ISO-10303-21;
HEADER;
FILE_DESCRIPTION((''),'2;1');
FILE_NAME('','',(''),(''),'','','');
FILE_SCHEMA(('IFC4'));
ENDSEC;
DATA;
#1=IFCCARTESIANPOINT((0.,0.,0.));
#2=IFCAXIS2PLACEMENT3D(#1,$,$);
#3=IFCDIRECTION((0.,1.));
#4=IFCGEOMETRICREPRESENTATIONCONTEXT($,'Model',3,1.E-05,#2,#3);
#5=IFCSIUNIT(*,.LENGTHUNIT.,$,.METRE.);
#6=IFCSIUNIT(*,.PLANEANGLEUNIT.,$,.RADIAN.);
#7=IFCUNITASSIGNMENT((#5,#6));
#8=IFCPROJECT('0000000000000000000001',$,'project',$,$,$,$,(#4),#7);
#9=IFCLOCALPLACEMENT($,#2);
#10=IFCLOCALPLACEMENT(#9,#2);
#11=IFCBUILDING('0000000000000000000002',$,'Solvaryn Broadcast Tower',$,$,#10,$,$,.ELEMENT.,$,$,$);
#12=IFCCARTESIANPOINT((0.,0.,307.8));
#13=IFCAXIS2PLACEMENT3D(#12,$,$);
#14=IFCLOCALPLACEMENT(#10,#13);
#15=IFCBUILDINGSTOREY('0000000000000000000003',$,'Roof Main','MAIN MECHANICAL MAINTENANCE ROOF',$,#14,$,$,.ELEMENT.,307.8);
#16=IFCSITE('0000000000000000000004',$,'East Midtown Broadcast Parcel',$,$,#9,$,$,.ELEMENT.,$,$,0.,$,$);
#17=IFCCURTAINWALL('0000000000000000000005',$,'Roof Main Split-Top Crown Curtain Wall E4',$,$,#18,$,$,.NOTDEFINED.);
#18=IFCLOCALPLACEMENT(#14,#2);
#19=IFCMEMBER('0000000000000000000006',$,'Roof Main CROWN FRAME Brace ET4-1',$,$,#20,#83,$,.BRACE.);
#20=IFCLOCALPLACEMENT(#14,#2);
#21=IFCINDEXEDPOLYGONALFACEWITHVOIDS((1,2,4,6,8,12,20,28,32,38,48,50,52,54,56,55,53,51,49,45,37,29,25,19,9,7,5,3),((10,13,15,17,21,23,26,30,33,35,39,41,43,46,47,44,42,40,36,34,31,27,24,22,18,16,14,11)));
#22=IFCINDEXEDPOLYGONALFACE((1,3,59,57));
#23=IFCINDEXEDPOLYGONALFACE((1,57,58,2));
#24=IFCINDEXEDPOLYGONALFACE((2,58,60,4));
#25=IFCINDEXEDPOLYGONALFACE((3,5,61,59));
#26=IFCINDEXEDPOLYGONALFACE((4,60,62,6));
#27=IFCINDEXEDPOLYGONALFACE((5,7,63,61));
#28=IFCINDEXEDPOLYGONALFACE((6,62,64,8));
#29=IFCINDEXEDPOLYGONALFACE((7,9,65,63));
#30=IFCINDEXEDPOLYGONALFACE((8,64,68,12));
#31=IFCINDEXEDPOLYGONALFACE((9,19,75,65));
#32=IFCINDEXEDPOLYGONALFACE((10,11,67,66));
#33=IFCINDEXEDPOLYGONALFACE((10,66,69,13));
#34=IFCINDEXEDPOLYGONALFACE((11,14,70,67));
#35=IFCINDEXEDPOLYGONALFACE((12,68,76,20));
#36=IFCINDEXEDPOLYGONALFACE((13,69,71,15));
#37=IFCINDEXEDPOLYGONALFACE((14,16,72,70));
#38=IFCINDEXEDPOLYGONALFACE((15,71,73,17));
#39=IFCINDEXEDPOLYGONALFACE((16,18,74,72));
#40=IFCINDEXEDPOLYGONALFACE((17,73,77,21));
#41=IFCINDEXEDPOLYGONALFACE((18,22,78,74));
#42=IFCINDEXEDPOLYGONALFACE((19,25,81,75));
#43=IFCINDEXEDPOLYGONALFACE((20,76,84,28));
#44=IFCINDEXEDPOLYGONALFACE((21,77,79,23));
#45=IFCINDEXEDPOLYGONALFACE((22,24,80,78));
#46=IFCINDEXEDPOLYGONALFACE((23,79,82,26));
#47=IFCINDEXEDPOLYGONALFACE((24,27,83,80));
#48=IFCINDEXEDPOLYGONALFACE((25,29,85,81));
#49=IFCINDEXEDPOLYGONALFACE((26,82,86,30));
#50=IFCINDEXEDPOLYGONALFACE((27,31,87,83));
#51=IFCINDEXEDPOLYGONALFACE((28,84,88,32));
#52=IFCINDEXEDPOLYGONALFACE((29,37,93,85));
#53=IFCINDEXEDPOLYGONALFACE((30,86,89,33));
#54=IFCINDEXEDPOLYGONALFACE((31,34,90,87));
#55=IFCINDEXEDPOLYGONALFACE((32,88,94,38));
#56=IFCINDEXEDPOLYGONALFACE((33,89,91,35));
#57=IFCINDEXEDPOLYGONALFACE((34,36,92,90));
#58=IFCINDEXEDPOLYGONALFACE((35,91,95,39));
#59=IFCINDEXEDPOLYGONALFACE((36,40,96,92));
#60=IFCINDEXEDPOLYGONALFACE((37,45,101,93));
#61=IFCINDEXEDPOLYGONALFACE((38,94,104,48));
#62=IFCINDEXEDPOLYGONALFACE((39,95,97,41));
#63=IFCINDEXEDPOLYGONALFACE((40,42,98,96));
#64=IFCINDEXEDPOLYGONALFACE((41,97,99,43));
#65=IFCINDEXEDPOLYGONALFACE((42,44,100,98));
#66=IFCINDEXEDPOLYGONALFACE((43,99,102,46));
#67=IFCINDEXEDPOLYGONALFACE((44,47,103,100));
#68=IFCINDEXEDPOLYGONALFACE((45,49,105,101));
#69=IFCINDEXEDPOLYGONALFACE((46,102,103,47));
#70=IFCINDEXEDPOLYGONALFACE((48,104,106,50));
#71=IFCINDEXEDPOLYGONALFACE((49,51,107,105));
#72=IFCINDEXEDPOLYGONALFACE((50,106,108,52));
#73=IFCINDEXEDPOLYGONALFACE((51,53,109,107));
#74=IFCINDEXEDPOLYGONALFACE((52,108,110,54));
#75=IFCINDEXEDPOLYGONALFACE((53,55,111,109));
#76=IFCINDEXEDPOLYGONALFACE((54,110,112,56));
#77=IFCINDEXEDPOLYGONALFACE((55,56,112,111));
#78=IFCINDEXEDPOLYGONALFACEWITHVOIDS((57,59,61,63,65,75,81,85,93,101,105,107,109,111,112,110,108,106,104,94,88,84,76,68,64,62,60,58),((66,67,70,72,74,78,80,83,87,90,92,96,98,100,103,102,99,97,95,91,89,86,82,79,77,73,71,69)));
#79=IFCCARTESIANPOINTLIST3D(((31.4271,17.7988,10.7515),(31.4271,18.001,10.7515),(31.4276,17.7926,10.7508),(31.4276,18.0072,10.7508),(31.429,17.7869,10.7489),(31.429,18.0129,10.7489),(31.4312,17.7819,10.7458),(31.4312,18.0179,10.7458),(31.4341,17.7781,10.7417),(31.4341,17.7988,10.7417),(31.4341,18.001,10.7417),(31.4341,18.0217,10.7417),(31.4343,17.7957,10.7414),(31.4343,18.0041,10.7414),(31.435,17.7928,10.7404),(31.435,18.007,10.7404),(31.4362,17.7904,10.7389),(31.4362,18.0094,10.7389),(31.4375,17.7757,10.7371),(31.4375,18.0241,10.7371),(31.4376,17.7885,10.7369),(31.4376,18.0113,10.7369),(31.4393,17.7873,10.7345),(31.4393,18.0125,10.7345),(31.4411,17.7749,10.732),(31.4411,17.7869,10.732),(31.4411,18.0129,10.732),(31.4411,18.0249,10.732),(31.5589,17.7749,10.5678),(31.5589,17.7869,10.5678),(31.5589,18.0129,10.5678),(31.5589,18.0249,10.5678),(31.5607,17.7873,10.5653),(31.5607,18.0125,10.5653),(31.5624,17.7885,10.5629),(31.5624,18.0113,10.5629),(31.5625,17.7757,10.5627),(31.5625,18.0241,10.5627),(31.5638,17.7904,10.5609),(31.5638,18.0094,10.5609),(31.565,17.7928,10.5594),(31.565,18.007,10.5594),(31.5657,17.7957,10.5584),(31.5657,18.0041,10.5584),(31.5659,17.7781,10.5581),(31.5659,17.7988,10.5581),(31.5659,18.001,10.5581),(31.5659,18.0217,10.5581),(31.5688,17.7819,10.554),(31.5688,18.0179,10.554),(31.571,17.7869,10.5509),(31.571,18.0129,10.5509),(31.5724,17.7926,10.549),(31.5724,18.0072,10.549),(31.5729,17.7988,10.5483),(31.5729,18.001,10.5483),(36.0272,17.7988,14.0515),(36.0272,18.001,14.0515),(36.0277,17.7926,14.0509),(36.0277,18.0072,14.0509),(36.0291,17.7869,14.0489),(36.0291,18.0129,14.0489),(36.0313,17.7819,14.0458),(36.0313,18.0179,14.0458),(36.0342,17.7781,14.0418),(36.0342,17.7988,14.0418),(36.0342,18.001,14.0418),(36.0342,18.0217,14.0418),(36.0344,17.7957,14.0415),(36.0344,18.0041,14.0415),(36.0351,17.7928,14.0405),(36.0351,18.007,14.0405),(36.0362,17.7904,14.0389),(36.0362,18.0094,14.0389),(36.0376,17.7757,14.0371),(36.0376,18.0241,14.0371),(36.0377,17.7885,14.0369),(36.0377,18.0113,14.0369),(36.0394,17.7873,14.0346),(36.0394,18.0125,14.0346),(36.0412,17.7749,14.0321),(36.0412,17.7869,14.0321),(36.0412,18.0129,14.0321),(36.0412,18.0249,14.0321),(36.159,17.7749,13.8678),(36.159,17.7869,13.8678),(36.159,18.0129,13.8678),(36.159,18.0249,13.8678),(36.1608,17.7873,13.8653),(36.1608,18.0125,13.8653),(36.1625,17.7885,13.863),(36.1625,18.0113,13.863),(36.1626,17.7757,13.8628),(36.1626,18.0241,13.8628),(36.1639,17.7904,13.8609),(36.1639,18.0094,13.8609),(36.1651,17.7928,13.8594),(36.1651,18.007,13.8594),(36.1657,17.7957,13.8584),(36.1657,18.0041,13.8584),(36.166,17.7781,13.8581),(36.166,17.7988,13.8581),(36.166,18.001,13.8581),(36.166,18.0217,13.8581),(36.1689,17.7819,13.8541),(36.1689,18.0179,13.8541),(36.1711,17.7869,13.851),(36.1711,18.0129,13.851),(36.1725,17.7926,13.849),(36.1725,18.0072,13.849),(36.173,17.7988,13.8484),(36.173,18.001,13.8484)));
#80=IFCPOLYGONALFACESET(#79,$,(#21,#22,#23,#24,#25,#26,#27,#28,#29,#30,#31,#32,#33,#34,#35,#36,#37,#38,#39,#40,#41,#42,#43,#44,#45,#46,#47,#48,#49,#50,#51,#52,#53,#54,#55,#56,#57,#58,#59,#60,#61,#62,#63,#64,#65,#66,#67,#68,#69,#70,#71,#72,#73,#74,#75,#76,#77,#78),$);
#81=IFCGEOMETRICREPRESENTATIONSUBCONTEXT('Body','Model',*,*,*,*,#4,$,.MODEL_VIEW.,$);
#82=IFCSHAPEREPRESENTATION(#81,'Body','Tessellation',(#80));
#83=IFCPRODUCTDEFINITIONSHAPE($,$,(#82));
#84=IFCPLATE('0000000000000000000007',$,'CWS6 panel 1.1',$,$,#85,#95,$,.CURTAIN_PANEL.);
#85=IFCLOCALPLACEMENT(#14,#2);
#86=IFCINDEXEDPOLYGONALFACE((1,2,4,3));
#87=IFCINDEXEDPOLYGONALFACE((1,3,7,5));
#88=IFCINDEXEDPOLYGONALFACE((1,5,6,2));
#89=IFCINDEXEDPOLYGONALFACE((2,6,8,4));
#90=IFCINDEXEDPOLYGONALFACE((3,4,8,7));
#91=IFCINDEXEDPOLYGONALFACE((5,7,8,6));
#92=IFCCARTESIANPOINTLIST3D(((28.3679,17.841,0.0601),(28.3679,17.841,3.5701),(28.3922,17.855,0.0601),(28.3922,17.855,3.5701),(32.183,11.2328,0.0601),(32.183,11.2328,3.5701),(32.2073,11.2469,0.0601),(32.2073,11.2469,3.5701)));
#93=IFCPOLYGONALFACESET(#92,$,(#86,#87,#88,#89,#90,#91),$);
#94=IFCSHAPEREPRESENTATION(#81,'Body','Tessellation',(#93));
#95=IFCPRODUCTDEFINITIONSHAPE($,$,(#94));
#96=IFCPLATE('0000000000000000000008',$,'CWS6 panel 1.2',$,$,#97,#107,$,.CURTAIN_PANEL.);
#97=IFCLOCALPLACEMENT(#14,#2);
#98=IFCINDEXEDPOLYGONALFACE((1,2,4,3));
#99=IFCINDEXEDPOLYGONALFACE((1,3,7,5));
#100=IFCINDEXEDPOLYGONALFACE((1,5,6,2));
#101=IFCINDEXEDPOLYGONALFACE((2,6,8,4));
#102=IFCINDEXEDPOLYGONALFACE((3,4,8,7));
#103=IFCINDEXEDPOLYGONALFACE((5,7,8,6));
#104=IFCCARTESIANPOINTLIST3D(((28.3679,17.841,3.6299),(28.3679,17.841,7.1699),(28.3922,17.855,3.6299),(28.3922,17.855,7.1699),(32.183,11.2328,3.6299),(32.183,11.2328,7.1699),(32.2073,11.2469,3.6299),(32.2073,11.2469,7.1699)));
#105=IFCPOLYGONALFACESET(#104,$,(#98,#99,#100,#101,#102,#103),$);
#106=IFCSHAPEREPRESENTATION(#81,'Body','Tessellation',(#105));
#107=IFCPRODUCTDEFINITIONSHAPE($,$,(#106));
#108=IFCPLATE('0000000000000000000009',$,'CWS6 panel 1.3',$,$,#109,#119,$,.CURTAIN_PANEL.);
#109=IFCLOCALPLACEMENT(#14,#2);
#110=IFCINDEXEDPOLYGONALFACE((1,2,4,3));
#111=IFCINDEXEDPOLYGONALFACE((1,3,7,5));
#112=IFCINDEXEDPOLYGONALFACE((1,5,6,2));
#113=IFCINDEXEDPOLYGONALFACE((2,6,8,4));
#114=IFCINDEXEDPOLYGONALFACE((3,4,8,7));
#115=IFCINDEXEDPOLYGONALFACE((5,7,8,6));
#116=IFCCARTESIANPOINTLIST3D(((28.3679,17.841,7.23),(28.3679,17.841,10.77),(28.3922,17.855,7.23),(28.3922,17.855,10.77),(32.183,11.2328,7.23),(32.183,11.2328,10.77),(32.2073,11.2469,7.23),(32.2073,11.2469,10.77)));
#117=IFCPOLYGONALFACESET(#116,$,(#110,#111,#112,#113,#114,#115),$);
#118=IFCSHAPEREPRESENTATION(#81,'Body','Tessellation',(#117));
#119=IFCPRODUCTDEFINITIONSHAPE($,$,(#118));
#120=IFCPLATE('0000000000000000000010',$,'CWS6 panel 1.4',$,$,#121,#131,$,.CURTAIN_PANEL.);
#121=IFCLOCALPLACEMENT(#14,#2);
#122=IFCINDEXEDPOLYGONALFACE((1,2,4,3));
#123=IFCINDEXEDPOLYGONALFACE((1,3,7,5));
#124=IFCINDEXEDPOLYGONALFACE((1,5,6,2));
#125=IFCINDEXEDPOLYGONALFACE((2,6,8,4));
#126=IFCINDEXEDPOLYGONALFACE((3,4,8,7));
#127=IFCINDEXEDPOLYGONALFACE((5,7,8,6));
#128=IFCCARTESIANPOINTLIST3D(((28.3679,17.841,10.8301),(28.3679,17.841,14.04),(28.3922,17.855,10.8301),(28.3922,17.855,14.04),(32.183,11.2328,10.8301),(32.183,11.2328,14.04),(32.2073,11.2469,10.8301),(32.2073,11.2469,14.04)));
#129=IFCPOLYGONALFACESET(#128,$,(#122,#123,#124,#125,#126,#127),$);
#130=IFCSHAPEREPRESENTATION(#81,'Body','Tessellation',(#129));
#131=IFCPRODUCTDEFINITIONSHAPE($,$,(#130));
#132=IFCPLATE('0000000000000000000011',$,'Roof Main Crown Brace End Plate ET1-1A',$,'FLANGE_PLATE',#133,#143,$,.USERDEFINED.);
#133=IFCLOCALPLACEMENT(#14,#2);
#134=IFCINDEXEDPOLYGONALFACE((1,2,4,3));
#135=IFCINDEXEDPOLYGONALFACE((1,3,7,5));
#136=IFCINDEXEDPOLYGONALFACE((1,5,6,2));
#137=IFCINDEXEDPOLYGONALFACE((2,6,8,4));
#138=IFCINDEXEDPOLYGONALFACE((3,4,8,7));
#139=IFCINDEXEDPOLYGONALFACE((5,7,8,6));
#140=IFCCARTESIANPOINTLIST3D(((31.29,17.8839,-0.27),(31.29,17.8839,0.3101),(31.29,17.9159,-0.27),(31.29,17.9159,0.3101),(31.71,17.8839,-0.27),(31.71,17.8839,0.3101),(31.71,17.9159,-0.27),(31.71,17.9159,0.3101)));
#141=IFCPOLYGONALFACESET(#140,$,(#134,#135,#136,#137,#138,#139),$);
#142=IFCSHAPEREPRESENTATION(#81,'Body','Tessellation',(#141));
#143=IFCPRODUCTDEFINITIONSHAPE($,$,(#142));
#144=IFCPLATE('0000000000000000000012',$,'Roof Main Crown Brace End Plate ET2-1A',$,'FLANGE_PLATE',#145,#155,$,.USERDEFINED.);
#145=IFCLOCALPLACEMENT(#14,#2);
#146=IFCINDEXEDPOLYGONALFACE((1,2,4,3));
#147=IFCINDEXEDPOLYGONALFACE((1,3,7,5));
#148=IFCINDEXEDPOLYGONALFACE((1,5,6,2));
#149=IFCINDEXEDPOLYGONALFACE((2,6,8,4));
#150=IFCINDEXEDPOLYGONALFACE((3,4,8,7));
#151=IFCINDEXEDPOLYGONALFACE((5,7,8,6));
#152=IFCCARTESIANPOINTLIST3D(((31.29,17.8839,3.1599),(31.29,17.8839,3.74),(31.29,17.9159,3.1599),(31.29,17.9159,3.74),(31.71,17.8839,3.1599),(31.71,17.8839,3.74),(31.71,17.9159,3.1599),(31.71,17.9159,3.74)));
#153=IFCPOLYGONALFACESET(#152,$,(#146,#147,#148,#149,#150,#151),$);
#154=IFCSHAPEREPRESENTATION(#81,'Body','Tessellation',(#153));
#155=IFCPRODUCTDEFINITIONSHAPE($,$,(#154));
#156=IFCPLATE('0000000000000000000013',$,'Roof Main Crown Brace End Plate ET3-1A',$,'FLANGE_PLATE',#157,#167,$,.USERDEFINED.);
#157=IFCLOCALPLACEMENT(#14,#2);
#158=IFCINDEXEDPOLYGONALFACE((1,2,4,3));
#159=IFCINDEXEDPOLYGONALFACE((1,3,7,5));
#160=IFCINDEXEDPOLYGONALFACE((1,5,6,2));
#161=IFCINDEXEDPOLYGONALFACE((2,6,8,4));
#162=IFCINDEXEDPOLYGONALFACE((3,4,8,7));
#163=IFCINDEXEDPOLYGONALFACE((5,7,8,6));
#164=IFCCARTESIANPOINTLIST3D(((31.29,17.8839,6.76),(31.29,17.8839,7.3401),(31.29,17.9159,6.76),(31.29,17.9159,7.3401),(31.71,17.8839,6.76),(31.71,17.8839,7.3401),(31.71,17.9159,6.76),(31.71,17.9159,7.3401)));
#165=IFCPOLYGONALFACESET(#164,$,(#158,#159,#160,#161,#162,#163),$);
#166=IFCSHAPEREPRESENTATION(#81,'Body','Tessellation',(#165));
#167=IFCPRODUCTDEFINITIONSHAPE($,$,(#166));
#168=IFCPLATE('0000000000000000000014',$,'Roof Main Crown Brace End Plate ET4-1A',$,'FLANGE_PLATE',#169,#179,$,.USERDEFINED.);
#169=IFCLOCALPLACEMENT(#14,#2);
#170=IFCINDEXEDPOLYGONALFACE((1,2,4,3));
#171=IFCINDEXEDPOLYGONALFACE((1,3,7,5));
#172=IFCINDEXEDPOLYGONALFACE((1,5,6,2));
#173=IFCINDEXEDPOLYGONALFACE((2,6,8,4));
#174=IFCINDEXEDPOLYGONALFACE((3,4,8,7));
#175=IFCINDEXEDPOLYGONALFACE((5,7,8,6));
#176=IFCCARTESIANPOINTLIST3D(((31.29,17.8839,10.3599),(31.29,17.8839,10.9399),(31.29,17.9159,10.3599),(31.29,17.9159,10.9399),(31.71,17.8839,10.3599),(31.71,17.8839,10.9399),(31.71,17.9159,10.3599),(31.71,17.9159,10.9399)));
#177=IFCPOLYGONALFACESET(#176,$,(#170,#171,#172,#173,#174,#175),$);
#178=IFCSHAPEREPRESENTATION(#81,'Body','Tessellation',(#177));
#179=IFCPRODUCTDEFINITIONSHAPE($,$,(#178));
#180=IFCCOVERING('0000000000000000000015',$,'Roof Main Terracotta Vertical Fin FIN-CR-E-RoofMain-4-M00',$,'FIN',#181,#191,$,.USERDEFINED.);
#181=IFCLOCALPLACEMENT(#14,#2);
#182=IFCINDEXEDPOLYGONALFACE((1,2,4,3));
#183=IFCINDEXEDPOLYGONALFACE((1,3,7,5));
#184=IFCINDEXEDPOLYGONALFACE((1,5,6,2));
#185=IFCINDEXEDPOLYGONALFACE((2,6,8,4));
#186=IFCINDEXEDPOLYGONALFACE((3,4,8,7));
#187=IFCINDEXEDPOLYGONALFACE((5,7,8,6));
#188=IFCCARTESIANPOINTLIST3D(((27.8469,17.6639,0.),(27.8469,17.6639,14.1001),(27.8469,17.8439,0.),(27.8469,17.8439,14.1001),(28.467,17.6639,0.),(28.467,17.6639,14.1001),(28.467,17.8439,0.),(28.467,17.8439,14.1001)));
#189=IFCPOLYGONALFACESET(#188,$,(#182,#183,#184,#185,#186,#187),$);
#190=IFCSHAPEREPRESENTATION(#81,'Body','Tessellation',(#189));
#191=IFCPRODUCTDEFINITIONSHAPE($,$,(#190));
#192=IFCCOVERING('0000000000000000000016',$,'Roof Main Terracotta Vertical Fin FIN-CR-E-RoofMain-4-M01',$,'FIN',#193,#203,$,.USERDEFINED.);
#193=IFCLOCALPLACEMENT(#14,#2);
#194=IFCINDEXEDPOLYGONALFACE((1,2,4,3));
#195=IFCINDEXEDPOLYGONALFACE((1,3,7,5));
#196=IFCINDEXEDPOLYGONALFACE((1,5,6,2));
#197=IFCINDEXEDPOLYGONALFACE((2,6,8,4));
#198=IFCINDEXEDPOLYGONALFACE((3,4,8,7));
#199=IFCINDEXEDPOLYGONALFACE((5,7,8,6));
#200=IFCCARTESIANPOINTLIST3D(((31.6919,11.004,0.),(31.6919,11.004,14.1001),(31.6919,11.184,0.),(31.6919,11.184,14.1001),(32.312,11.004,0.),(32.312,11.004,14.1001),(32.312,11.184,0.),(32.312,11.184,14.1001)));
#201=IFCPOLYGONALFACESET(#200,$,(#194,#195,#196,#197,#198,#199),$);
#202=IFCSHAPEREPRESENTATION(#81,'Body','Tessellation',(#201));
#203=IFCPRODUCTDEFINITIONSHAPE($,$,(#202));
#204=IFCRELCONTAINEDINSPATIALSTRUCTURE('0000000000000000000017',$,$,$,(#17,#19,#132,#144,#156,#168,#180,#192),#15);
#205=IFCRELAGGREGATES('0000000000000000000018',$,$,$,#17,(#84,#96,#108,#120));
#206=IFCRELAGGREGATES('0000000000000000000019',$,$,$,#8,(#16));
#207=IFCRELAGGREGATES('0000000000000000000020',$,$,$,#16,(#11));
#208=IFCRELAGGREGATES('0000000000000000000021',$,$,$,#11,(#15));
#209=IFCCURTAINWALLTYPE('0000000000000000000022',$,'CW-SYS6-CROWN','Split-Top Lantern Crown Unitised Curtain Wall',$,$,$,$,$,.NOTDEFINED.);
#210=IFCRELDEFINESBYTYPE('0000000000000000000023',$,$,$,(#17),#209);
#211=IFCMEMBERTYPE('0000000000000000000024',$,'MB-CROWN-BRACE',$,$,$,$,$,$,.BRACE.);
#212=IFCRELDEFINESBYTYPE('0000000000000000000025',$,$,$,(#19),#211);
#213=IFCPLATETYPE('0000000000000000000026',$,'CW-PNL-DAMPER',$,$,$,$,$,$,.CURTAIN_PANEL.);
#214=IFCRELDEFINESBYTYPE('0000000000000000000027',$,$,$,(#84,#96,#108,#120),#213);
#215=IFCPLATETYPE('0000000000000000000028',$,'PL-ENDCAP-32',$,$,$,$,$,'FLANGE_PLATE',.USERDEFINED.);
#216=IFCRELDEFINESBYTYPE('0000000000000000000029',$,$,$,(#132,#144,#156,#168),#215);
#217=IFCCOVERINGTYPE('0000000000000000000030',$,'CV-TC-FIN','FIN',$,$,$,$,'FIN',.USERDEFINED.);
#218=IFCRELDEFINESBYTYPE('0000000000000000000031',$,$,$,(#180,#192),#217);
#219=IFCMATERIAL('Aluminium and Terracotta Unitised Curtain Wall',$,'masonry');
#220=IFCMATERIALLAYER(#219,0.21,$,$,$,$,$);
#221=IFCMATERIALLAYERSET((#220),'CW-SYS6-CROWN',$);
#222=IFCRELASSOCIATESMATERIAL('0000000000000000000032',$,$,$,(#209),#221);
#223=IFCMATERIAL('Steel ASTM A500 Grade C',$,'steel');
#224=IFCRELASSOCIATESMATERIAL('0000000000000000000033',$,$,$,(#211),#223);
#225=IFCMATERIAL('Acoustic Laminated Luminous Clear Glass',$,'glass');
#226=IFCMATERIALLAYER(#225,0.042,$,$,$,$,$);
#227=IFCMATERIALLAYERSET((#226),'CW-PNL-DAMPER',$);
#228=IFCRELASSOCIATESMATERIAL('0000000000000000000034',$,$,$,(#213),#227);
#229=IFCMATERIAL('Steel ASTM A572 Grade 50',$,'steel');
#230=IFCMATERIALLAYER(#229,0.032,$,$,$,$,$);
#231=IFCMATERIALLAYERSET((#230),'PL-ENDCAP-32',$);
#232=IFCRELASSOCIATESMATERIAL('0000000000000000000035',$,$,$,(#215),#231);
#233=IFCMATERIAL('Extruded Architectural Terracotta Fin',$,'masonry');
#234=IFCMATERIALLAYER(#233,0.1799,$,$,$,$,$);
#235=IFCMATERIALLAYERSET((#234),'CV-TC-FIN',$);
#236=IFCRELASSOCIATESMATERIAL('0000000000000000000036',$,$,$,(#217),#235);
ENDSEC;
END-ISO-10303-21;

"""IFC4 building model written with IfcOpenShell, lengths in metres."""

from ifc_helpers import new_model, si_unit, direction, frame, origin, origin_2d, place, context, subcontext, project, spatial, rectangle, hollow_rectangle, extrude, material, layer, layer_set, material_profile, profile_set, type_object, element, aggregate, save


model = new_model("IFC4")

# Units and contexts
model_context = context("Model", 3, precision=1e-05, world=origin(), true_north=direction((0.0, 1.0)))
body_context = subcontext(model_context, "Body", "Model", "MODEL_VIEW")
ifc_project = project(units=[si_unit("LENGTHUNIT", "METRE"), si_unit("PLANEANGLEUNIT", "RADIAN")], contexts=[model_context])

# Site, building, storey
site_placement = place(None, origin())
site = spatial("IfcSite", under=ifc_project, at=site_placement, Name="East Midtown Broadcast Parcel", CompositionType="ELEMENT", RefElevation=0.0)
building_placement = place(site_placement, origin())
building = spatial("IfcBuilding", under=site, at=building_placement, Name="Solvaryn Broadcast Tower", CompositionType="ELEMENT")
storey_placement = place(building_placement, frame((0.0, 0.0, 307.8)))
storey = spatial("IfcBuildingStorey", under=building, at=storey_placement, Name="Roof Main", Description="MAIN MECHANICAL MAINTENANCE ROOF", CompositionType="ELEMENT", Elevation=307.8)

# Curtain wall
ifc_material_1 = material(Name="Aluminium and Terracotta Unitised Curtain Wall", Category="masonry")
ifc_layer_1 = layer(ifc_material_1, 0.21)
ifc_layer_set_1 = layer_set([ifc_layer_1], Name="CW-SYS6-CROWN")
curtain_wall_type = type_object("IfcCurtainWallType", Name="CW-SYS6-CROWN", Description="Split-Top Lantern Crown Unitised Curtain Wall", PredefinedType="NOTDEFINED", material=ifc_layer_set_1)
curtain_wall_1_placement = place(storey_placement, origin())
curtain_wall_1 = element("IfcCurtainWall", 1, at=curtain_wall_1_placement, inside=storey, type_object=curtain_wall_type, Name="Roof Main Split-Top Crown Curtain Wall E4", PredefinedType="NOTDEFINED")

# Member
ifc_material_2 = material(Name="Steel ASTM A500 Grade C", Category="steel")
ifc_material_profile_1 = material_profile(ifc_material_2, hollow_rectangle(XDim=0.25, YDim=0.25, WallThickness=0.012, InnerFilletRadius=0.012, OuterFilletRadius=0.0239, at=origin_2d()))
ifc_profile_set_1 = profile_set([ifc_material_profile_1], Name="Steel ASTM A500 Grade C")
member_type_1 = type_object("IfcMemberType", Name="MB-CROWN-BRACE", PredefinedType="BRACE", material=ifc_profile_set_1)
member_1_placement = place(storey_placement, frame((31.5, 17.8999, 10.6499), z_axis=(0.81254, 0.0, 0.582905), x_axis=(0.0, 1.0, 0.0)))
element("IfcMember", 2, at=member_1_placement, inside=storey, type_object=member_type_1, Name="Roof Main CROWN FRAME Brace ET4-1", PredefinedType="BRACE", context=body_context, shape_type="SweptSolid", body=[
    extrude(hollow_rectangle(XDim=0.25, YDim=0.25, WallThickness=0.012, InnerFilletRadius=0.012, OuterFilletRadius=0.0239, at=origin_2d()), origin(), (0.0, 0.0, 1.0), 5.6614),
])

# Plates
ifc_material_3 = material(Name="Acoustic Laminated Luminous Clear Glass", Category="glass")
ifc_layer_2 = layer(ifc_material_3, 0.042)
ifc_layer_set_2 = layer_set([ifc_layer_2], Name="CW-PNL-DAMPER")
plate_type_1 = type_object("IfcPlateType", Name="CW-PNL-DAMPER", PredefinedType="CURTAIN_PANEL", material=ifc_layer_set_2)
plate_1_placement = place(storey_placement, frame((30.2876, 14.5439, 0.0601), z_axis=(0.0, 0.0, 1.0), x_axis=(0.499983, -0.866035, 0.0)))
plate_1 = element("IfcPlate", 3, at=plate_1_placement, type_object=plate_type_1, Name="CWS6 panel 1.1", PredefinedType="CURTAIN_PANEL", context=body_context, shape_type="SweptSolid", body=[
    extrude(rectangle(XDim=7.6304, YDim=0.0281, at=origin_2d()), origin(), (0.0, 0.0, 1.0), 3.51),
])
plate_2_placement = place(storey_placement, frame((30.2876, 14.5439, 3.6299), z_axis=(0.0, 0.0, 1.0), x_axis=(0.499983, -0.866035, 0.0)))
plate_2 = element("IfcPlate", 4, at=plate_2_placement, type_object=plate_type_1, Name="CWS6 panel 1.2", PredefinedType="CURTAIN_PANEL", context=body_context, shape_type="SweptSolid", body=[
    extrude(rectangle(XDim=7.6304, YDim=0.0281, at=origin_2d()), origin(), (0.0, 0.0, 1.0), 3.54),
])
plate_3_placement = place(storey_placement, frame((30.2876, 14.5439, 7.23), z_axis=(0.0, 0.0, 1.0), x_axis=(0.499983, -0.866035, 0.0)))
plate_3 = element("IfcPlate", 5, at=plate_3_placement, type_object=plate_type_1, Name="CWS6 panel 1.3", PredefinedType="CURTAIN_PANEL", context=body_context, shape_type="SweptSolid", body=[
    extrude(rectangle(XDim=7.6304, YDim=0.0281, at=origin_2d()), origin(), (0.0, 0.0, 1.0), 3.54),
])
plate_4_placement = place(storey_placement, frame((30.2876, 14.5439, 10.8301), z_axis=(0.0, 0.0, 1.0), x_axis=(0.499983, -0.866035, 0.0)))
plate_4 = element("IfcPlate", 6, at=plate_4_placement, type_object=plate_type_1, Name="CWS6 panel 1.4", PredefinedType="CURTAIN_PANEL", context=body_context, shape_type="SweptSolid", body=[
    extrude(rectangle(XDim=7.6304, YDim=0.0281, at=origin_2d()), origin(), (0.0, 0.0, 1.0), 3.21),
])
aggregate(curtain_wall_1, [plate_1, plate_2, plate_3, plate_4])

# Plates
ifc_material_4 = material(Name="Steel ASTM A572 Grade 50", Category="steel")
ifc_layer_3 = layer(ifc_material_4, 0.032)
ifc_layer_set_3 = layer_set([ifc_layer_3], Name="PL-ENDCAP-32")
plate_type_2 = type_object("IfcPlateType", Name="PL-ENDCAP-32", ElementType="FLANGE_PLATE", PredefinedType="USERDEFINED", material=ifc_layer_set_3)
for number, where, z_axis, x_axis, name in (
    (7, (31.5, 17.8999, -0.27), (0.0, 0.0, 1.0), (1.0, 0.0, 0.0), "Roof Main Crown Brace End Plate ET1-1A"),
    (8, (31.5, 17.8999, 3.1599), (0.0, 0.0, 1.0), (1.0, 0.0, 0.0), "Roof Main Crown Brace End Plate ET2-1A"),
    (9, (31.5, 17.8999, 6.76), (0.0, 0.0, 1.0), (1.0, 0.0, 0.0), "Roof Main Crown Brace End Plate ET3-1A"),
    (10, (31.5, 17.8999, 10.3599), (0.0, 0.0, 1.0), (1.0, 0.0, 0.0), "Roof Main Crown Brace End Plate ET4-1A"),
):
    element("IfcPlate", number, at=place(storey_placement, frame(where, z_axis=z_axis, x_axis=x_axis)), inside=storey, type_object=plate_type_2, Name=name, ObjectType="FLANGE_PLATE", PredefinedType="USERDEFINED", context=body_context, shape_type="SweptSolid", body=[
        extrude(rectangle(XDim=0.4199, YDim=0.032, at=origin_2d()), origin(), (0.0, 0.0, 1.0), 0.5801),
    ])

# Coverings
ifc_material_5 = material(Name="Extruded Architectural Terracotta Fin", Category="masonry")
ifc_layer_4 = layer(ifc_material_5, 0.1799)
ifc_layer_set_4 = layer_set([ifc_layer_4], Name="CV-TC-FIN")
covering_type = type_object("IfcCoveringType", Name="CV-TC-FIN", Description="FIN", ElementType="FIN", PredefinedType="USERDEFINED", material=ifc_layer_set_4)
for number, where, z_axis, x_axis, name in (
    (11, (28.157, 17.7539, 0.0), (0.0, 0.0, 1.0), (1.0, 0.0, 0.0), "Roof Main Terracotta Vertical Fin FIN-CR-E-RoofMain-4-M00"),
    (12, (32.002, 11.094, 0.0), (0.0, 0.0, 1.0), (1.0, 0.0, 0.0), "Roof Main Terracotta Vertical Fin FIN-CR-E-RoofMain-4-M01"),
):
    element("IfcCovering", number, at=place(storey_placement, frame(where, z_axis=z_axis, x_axis=x_axis)), inside=storey, type_object=covering_type, Name=name, ObjectType="FIN", PredefinedType="USERDEFINED", context=body_context, shape_type="SweptSolid", body=[
        extrude(rectangle(XDim=0.6201, YDim=0.1799, at=origin_2d()), origin(), (0.0, 0.0, 1.0), 14.1001),
    ])

save(model, "model.ifc")
